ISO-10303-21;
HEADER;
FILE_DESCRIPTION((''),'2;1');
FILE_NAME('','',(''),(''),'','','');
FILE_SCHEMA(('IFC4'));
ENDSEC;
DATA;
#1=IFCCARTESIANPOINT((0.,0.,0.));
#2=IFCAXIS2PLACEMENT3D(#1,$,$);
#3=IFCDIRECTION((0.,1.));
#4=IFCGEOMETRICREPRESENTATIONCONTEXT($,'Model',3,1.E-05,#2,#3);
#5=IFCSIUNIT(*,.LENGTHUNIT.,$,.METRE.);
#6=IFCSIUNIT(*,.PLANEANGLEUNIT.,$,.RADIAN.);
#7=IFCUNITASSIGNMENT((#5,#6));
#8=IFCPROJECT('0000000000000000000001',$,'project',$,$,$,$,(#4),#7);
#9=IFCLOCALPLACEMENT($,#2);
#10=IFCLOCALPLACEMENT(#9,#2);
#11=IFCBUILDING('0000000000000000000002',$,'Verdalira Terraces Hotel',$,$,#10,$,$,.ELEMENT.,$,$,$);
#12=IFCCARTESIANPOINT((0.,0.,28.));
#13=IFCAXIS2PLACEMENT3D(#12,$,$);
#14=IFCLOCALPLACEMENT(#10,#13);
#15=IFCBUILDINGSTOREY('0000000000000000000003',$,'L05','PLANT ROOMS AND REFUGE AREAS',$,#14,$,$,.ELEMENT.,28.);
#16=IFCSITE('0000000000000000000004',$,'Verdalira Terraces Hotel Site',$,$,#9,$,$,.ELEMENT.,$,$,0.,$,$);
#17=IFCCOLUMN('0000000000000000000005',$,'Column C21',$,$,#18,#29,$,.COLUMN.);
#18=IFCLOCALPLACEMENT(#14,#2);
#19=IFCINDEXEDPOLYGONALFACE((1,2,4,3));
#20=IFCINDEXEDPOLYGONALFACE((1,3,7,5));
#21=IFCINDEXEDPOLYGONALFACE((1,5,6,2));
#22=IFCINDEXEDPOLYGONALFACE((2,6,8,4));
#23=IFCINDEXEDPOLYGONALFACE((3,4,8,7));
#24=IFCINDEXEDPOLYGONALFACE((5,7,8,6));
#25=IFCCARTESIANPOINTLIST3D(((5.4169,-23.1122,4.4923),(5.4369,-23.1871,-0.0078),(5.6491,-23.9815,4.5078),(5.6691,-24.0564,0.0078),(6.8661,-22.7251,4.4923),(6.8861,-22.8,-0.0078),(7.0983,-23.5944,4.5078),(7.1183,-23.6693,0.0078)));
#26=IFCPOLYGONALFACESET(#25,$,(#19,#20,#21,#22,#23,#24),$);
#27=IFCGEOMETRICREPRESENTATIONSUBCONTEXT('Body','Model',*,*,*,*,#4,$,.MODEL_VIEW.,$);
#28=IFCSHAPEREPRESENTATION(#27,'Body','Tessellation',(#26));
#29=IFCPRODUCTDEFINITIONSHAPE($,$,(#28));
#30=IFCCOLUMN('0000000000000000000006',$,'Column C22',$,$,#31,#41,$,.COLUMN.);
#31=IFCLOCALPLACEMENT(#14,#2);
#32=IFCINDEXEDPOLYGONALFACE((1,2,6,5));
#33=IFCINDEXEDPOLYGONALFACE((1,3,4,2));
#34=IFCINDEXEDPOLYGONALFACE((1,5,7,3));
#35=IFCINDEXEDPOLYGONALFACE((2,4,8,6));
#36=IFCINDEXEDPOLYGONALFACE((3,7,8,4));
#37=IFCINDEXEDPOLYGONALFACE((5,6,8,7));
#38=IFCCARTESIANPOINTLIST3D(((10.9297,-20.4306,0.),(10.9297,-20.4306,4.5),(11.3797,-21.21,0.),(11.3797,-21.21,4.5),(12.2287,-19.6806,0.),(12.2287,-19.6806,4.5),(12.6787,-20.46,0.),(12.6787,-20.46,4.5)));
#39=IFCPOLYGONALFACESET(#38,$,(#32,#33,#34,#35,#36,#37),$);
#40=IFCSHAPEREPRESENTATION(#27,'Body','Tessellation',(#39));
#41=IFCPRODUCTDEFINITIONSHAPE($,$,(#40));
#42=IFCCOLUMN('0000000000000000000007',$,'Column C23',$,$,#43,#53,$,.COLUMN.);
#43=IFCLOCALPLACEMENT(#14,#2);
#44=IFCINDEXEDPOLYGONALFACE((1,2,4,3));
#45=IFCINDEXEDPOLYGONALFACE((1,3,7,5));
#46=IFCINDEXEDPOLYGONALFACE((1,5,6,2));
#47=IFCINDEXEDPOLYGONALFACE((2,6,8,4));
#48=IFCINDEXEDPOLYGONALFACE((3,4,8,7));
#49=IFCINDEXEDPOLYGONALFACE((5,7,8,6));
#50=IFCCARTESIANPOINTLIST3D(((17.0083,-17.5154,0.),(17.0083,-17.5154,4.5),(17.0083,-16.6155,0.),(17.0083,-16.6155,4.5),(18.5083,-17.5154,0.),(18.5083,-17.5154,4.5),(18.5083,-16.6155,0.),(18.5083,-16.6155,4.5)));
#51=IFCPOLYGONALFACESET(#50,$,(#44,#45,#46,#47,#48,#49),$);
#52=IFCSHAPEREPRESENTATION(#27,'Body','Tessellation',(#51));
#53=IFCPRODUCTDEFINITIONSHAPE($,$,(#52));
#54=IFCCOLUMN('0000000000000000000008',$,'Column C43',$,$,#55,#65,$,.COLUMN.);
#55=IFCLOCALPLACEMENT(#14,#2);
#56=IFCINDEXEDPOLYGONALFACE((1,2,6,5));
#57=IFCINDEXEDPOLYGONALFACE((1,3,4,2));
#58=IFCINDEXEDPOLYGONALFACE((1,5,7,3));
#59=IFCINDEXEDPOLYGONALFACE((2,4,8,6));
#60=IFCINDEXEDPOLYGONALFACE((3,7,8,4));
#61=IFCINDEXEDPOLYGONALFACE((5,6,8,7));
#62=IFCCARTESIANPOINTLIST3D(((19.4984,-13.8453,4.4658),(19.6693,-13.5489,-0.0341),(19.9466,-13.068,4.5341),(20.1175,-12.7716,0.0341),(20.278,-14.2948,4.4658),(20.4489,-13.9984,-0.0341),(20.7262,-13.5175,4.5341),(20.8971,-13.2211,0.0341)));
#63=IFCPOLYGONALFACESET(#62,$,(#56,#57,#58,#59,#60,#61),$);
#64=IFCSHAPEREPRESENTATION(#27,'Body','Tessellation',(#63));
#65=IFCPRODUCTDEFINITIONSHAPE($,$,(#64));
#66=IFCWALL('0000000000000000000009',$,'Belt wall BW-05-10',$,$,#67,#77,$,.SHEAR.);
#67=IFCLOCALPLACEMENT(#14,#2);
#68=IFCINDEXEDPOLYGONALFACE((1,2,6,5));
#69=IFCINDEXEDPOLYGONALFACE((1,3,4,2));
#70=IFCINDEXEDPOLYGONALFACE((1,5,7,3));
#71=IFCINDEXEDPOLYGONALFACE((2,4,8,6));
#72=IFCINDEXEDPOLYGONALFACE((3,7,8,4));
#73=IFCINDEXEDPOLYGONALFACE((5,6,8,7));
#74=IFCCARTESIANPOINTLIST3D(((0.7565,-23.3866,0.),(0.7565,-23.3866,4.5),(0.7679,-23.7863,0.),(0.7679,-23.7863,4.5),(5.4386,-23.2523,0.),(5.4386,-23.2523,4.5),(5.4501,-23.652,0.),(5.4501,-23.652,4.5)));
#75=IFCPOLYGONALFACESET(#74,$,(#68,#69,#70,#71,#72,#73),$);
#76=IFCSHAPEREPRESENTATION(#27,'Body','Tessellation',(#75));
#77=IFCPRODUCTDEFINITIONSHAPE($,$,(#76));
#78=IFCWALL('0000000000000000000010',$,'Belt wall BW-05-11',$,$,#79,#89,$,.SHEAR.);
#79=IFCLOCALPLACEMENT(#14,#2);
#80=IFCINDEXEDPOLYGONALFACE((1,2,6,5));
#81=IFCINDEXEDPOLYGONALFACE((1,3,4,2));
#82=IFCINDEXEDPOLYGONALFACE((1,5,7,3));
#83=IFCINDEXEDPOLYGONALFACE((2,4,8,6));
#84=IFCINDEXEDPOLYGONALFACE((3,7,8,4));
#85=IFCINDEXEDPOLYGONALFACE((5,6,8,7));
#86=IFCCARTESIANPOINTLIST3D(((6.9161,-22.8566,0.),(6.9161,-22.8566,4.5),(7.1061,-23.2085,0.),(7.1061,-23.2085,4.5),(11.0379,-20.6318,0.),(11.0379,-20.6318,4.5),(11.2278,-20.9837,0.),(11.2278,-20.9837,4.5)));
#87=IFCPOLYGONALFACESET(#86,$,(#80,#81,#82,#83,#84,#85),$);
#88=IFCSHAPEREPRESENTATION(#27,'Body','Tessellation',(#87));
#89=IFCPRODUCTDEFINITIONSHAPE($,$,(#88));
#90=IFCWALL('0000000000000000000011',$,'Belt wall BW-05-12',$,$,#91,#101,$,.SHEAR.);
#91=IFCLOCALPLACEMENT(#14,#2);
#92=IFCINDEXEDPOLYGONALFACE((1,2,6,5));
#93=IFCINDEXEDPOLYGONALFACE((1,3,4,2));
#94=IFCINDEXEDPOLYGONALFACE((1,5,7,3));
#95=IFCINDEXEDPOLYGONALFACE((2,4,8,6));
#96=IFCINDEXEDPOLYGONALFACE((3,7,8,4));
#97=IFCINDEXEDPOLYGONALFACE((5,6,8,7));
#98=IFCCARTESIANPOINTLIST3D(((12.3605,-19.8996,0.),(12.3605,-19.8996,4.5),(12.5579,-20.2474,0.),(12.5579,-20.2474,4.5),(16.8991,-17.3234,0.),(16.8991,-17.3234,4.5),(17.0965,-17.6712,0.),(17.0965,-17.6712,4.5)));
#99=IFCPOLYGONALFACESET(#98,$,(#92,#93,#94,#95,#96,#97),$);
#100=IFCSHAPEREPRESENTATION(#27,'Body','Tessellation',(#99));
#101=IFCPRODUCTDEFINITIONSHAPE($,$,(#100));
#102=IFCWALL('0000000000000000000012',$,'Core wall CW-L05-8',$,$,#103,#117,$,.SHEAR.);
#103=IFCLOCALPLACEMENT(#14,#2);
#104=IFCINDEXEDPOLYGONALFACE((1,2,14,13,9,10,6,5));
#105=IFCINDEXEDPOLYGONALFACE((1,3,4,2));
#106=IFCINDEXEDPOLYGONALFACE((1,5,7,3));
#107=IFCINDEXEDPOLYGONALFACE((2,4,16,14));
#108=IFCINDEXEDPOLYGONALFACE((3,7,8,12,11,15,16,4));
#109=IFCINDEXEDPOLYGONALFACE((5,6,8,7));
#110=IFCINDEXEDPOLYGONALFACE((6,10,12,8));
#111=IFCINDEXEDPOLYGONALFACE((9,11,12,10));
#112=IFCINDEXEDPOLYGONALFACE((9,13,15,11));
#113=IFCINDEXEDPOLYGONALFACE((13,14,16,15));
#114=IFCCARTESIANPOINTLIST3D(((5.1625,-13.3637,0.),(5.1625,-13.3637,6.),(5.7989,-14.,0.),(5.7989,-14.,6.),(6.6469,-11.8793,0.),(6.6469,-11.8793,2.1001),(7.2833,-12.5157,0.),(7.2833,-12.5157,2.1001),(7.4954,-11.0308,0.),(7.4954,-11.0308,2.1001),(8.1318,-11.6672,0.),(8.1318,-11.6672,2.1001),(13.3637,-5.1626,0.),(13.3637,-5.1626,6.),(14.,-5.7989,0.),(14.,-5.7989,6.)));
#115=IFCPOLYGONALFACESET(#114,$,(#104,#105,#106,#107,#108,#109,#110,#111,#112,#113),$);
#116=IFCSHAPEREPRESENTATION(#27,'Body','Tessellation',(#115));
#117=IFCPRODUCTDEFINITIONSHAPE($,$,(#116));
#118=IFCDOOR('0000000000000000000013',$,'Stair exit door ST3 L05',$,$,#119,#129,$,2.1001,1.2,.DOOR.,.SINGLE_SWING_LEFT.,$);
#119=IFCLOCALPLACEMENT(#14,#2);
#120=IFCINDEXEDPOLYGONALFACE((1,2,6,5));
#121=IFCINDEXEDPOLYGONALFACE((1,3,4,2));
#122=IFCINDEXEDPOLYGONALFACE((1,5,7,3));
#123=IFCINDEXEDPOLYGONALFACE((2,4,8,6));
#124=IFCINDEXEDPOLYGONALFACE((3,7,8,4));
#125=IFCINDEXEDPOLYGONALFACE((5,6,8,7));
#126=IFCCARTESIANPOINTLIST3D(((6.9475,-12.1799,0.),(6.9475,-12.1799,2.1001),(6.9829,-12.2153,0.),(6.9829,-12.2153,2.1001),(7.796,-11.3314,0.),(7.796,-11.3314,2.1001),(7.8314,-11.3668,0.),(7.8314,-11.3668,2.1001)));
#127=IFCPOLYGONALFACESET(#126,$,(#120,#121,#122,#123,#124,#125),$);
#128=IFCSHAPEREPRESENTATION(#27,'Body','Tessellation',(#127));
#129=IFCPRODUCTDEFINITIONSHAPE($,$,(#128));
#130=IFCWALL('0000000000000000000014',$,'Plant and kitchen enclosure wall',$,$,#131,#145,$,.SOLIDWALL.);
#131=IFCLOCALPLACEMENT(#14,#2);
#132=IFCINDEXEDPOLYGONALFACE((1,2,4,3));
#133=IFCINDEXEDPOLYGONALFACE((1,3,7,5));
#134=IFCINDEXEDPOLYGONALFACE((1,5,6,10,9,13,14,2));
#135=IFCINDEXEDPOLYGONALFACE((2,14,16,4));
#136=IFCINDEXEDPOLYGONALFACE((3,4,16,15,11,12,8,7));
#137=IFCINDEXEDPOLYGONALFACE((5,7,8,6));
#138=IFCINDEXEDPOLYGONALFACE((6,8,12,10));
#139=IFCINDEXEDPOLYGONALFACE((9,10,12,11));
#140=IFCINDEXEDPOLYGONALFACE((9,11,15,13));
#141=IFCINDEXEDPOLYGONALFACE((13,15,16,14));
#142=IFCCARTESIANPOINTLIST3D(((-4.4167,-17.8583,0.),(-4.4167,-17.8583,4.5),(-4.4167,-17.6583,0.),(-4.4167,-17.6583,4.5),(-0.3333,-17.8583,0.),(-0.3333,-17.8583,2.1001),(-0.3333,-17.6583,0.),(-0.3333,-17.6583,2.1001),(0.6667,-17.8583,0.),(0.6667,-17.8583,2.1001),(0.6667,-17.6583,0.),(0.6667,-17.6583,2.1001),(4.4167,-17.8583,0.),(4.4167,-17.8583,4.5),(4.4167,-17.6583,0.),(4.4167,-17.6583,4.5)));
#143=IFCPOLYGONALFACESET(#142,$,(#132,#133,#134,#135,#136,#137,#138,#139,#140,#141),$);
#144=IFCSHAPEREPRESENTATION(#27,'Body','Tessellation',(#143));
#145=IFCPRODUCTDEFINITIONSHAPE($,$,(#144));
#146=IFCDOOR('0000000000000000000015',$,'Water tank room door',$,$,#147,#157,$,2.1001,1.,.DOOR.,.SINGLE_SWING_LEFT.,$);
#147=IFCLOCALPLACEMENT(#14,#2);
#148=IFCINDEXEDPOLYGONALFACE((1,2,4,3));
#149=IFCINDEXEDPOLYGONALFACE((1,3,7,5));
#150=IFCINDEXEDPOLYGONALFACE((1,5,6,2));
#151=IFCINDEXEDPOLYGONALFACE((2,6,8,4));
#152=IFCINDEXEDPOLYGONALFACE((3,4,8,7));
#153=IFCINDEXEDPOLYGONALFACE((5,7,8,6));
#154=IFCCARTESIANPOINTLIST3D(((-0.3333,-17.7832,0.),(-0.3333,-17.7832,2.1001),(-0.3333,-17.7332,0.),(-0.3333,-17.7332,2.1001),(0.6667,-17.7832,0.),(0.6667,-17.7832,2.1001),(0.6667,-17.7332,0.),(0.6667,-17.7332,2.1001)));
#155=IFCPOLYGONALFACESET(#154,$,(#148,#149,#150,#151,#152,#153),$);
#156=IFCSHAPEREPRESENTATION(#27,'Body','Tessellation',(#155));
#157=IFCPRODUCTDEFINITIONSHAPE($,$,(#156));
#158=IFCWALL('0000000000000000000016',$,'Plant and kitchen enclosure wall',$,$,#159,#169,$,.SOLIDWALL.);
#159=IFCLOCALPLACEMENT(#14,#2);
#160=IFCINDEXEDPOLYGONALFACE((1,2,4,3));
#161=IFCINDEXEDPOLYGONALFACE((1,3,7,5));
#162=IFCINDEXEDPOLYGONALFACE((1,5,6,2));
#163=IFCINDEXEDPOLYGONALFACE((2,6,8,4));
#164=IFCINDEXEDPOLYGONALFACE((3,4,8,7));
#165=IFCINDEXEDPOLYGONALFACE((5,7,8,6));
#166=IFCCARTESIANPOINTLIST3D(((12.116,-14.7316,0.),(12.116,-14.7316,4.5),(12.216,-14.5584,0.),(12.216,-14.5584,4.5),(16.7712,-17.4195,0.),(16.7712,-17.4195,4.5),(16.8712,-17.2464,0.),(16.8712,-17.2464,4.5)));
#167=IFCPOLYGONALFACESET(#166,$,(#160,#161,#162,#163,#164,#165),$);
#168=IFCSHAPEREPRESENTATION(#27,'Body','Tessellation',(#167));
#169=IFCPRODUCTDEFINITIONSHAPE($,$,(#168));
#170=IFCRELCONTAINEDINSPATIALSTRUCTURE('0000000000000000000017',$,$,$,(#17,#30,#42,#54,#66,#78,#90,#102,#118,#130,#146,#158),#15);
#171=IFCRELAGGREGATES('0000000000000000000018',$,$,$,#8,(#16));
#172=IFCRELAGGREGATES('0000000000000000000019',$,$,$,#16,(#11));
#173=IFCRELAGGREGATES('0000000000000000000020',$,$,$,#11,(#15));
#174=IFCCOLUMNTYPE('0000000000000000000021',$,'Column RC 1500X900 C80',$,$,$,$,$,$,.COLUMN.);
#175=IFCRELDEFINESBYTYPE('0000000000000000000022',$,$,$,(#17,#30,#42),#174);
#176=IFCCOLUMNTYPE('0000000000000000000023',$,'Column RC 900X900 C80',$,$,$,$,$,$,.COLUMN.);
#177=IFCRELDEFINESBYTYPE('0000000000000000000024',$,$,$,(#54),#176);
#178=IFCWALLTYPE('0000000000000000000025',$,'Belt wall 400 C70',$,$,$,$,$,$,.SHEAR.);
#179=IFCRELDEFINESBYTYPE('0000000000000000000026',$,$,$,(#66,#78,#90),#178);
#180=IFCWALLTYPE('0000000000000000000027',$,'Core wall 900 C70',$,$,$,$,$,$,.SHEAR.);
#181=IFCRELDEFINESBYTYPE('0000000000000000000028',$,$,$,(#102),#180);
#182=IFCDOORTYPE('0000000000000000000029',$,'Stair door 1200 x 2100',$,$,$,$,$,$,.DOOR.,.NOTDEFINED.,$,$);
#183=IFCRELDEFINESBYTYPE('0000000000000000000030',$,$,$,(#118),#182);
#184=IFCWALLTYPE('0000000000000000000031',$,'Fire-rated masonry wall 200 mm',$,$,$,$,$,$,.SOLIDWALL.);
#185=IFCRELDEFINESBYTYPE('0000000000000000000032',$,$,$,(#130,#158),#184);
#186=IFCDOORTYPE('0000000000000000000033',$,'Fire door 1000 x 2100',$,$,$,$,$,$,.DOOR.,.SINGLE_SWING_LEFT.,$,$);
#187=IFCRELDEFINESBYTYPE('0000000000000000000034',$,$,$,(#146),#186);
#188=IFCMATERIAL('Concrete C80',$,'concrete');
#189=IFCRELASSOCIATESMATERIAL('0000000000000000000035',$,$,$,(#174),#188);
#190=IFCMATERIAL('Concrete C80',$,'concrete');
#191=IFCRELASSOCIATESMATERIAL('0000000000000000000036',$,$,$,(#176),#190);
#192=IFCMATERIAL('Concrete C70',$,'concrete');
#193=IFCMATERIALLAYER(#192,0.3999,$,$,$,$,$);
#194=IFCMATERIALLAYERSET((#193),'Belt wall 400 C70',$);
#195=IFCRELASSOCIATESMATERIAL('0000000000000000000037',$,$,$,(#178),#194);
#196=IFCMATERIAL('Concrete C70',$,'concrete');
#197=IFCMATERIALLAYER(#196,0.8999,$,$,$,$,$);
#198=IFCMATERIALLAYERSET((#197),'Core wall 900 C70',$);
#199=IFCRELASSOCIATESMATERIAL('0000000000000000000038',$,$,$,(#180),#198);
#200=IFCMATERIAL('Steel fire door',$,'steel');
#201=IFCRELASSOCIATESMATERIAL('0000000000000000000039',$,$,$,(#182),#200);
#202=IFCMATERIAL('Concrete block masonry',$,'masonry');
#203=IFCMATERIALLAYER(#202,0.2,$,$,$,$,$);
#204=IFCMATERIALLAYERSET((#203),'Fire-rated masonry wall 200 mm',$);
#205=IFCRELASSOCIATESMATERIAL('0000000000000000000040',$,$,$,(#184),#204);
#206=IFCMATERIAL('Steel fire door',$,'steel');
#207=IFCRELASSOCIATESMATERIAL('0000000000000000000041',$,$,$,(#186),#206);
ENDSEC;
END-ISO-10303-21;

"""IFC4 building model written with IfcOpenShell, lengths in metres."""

from ifc_helpers import new_model, si_unit, direction, frame, frame_2d, origin, origin_2d, place, context, subcontext, project, spatial, rectangle, extrude, material, layer, layer_set, material_profile, profile_set, type_object, element, fill, save


model = new_model("IFC4")

# Units and contexts
model_context = context("Model", 3, precision=1e-05, world=origin(), true_north=direction((0.0, 1.0)))
body_context = subcontext(model_context, "Body", "Model", "MODEL_VIEW")
ifc_project = project(units=[si_unit("LENGTHUNIT", "METRE"), si_unit("PLANEANGLEUNIT", "RADIAN")], contexts=[model_context])

# Site, building, storey
site_placement = place(None, origin())
site = spatial("IfcSite", under=ifc_project, at=site_placement, Name="Verdalira Terraces Hotel Site", CompositionType="ELEMENT", RefElevation=0.0)
building_placement = place(site_placement, origin())
building = spatial("IfcBuilding", under=site, at=building_placement, Name="Verdalira Terraces Hotel", CompositionType="ELEMENT")
storey_placement = place(building_placement, frame((0.0, 0.0, 28.0)))
storey = spatial("IfcBuildingStorey", under=building, at=storey_placement, Name="L05", Description="PLANT ROOMS AND REFUGE AREAS", CompositionType="ELEMENT", Elevation=28.0)

# Columns
ifc_material_1 = material(Name="Concrete C80", Category="concrete")
ifc_material_profile_1 = material_profile(ifc_material_1, rectangle(XDim=1.5, YDim=0.8999, at=origin_2d()), Name="RC 1500X900")
ifc_profile_set_1 = profile_set([ifc_material_profile_1], Name="Concrete C80")
column_type_1 = type_object("IfcColumnType", Name="Column RC 1500X900 C80", PredefinedType="COLUMN", material=ifc_profile_set_1)
column_1_placement = place(storey_placement, frame((6.2776, -23.4282, 0.0), z_axis=(-0.004448, 0.016653, 0.999851), x_axis=(-0.96613, -0.258054, 0.0)))
element("IfcColumn", 1, at=column_1_placement, inside=storey, type_object=column_type_1, Name="Column C21", PredefinedType="COLUMN", context=body_context, shape_type="SweptSolid", body=[
    extrude(rectangle(XDim=1.5, YDim=0.8999, at=origin_2d()), origin(), (0.0, 0.0, 1.0), 4.5007),
])
for number, where, z_axis, x_axis, name in (
    (2, (11.8042, -20.4453, 0.0), (0.0, 0.0, 1.0), (0.866025, 0.5, 0.0), "Column C22"),
    (3, (17.7583, -17.0654, 0.0), (0.0, 0.0, 1.0), (-1.0, 0.0, 0.0), "Column C23"),
):
    element("IfcColumn", number, at=place(storey_placement, frame(where, z_axis=z_axis, x_axis=x_axis)), inside=storey, type_object=column_type_1, Name=name, PredefinedType="COLUMN", context=body_context, shape_type="SweptSolid", body=[
        extrude(rectangle(XDim=1.5, YDim=0.8999, at=origin_2d()), origin(), (0.0, 0.0, 1.0), 4.5),
    ])
ifc_material_2 = material(Name="Concrete C80", Category="concrete")
ifc_material_profile_2 = material_profile(ifc_material_2, rectangle(XDim=0.8999, YDim=0.8999, at=origin_2d()), Name="RC 900X900")
ifc_profile_set_2 = profile_set([ifc_material_profile_2], Name="Concrete C80")
column_type_2 = type_object("IfcColumnType", Name="Column RC 900X900 C80", PredefinedType="COLUMN", material=ifc_profile_set_2)
column_2_placement = place(storey_placement, frame((20.2832, -13.385, 0.0), z_axis=(-0.037868, -0.065674, 0.997122), x_axis=(0.866304, -0.499517, 0.0)))
element("IfcColumn", 4, at=column_2_placement, inside=storey, type_object=column_type_2, Name="Column C43", PredefinedType="COLUMN", context=body_context, shape_type="SweptSolid", body=[
    extrude(rectangle(XDim=0.8999, YDim=0.8999, at=origin_2d()), origin(), (0.0, 0.0, 1.0), 4.5129),
])

# Walls
ifc_material_3 = material(Name="Concrete C70", Category="concrete")
ifc_layer_1 = layer(ifc_material_3, 0.3999)
ifc_layer_set_1 = layer_set([ifc_layer_1], Name="Belt wall 400 C70")
wall_type_1 = type_object("IfcWallType", Name="Belt wall 400 C70", PredefinedType="SHEAR", material=ifc_layer_set_1)
wall_1_placement = place(storey_placement, frame((0.7622, -23.5864, 0.0), z_axis=(0.0, 0.0, 1.0), x_axis=(0.999589, 0.028667, 0.0)))
element("IfcWall", 5, at=wall_1_placement, inside=storey, type_object=wall_type_1, Name="Belt wall BW-05-10", PredefinedType="SHEAR", context=body_context, shape_type="SweptSolid", body=[
    extrude(rectangle(XDim=4.6841, YDim=0.3999, at=frame_2d((2.342, 0.0))), origin(), (0.0, 0.0, 1.0), 4.5),
])
wall_2_placement = place(storey_placement, frame((7.0112, -23.0325, 0.0), z_axis=(0.0, 0.0, 1.0), x_axis=(0.879989, 0.474995, 0.0)))
element("IfcWall", 6, at=wall_2_placement, inside=storey, type_object=wall_type_1, Name="Belt wall BW-05-11", PredefinedType="SHEAR", context=body_context, shape_type="SweptSolid", body=[
    extrude(rectangle(XDim=4.6838, YDim=0.3999, at=frame_2d((2.3418, 0.0))), origin(), (0.0, 0.0, 1.0), 4.5),
])
wall_3_placement = place(storey_placement, frame((12.4592, -20.0735, 0.0), z_axis=(0.0, 0.0, 1.0), x_axis=(0.869667, 0.493638, 0.0)))
element("IfcWall", 7, at=wall_3_placement, inside=storey, type_object=wall_type_1, Name="Belt wall BW-05-12", PredefinedType="SHEAR", context=body_context, shape_type="SweptSolid", body=[
    extrude(rectangle(XDim=5.2188, YDim=0.3999, at=frame_2d((2.6094, 0.0))), origin(), (0.0, 0.0, 1.0), 4.5),
])

# Walls, openings, doors
ifc_material_4 = material(Name="Concrete C70", Category="concrete")
ifc_layer_2 = layer(ifc_material_4, 0.8999)
ifc_layer_set_2 = layer_set([ifc_layer_2], Name="Core wall 900 C70")
wall_type_2 = type_object("IfcWallType", Name="Core wall 900 C70", PredefinedType="SHEAR", material=ifc_layer_set_2)
wall_4_placement = place(storey_placement, frame((5.4807, -13.6819, 0.0), z_axis=(0.0, 0.0, 1.0), x_axis=(0.707107, 0.707107, 0.0)))
wall_4 = element("IfcWall", 8, at=wall_4_placement, inside=storey, type_object=wall_type_2, Name="Core wall CW-L05-8", PredefinedType="SHEAR", context=body_context, shape_type="SweptSolid", body=[
    extrude(rectangle(XDim=11.5981, YDim=0.8999, at=frame_2d((5.7991, 0.0))), origin(), (0.0, 0.0, 1.0), 6.0),
])
opening_1_placement = place(wall_4_placement, frame((2.0991, 0.0, 0.0)))
opening_1 = element("IfcOpeningElement", 9, at=opening_1_placement, cuts=wall_4, PredefinedType="OPENING", context=body_context, shape_type="SweptSolid", body=[
    extrude(rectangle(XDim=1.2, YDim=2.1001, at=frame_2d((0.6001, 1.05))), frame((0.0, 0.46, 0.0), z_axis=(0.0, -1.0, 0.0), x_axis=(1.0, 0.0, 0.0)), (0.0, 0.0, 1.0), 0.9199),
])
ifc_material_5 = material(Name="Steel fire door", Category="steel")
door_type_1 = type_object("IfcDoorType", Name="Stair door 1200 x 2100", OperationType="NOTDEFINED", PredefinedType="DOOR", material=ifc_material_5)
door_1_placement = place(opening_1_placement, origin())
door_1 = element("IfcDoor", 10, at=door_1_placement, inside=storey, type_object=door_type_1, Name="Stair exit door ST3 L05", OperationType="SINGLE_SWING_LEFT", OverallHeight=2.1001, OverallWidth=1.2, PredefinedType="DOOR", context=body_context, shape_type="SweptSolid", body=[
    extrude(rectangle(XDim=1.2, YDim=2.1001, at=frame_2d((0.6001, 1.05))), frame((0.0, 0.0249, 0.0), z_axis=(0.0, -1.0, 0.0), x_axis=(1.0, 0.0, 0.0)), (0.0, 0.0, 1.0), 0.05),
])
fill(opening_1, door_1)
ifc_material_6 = material(Name="Concrete block masonry", Category="masonry")
ifc_layer_3 = layer(ifc_material_6, 0.2)
ifc_layer_set_3 = layer_set([ifc_layer_3], Name="Fire-rated masonry wall 200 mm")
wall_type_3 = type_object("IfcWallType", Name="Fire-rated masonry wall 200 mm", PredefinedType="SOLIDWALL", material=ifc_layer_set_3)
wall_5_placement = place(storey_placement, frame((4.4167, -17.7583, 0.0), z_axis=(0.0, 0.0, 1.0), x_axis=(-1.0, 0.0, 0.0)))
wall_5 = element("IfcWall", 11, at=wall_5_placement, inside=storey, type_object=wall_type_3, Name="Plant and kitchen enclosure wall", PredefinedType="SOLIDWALL", context=body_context, shape_type="SweptSolid", body=[
    extrude(rectangle(XDim=8.8335, YDim=0.2, at=frame_2d((4.4167, 0.0))), origin(), (0.0, 0.0, 1.0), 4.5),
])
opening_2_placement = place(wall_5_placement, frame((3.75, 0.0, 0.0)))
opening_2 = element("IfcOpeningElement", 12, at=opening_2_placement, cuts=wall_5, PredefinedType="OPENING", context=body_context, shape_type="SweptSolid", body=[
    extrude(rectangle(XDim=1.0, YDim=2.1001, at=frame_2d((0.5, 1.05))), frame((0.0, 0.1099, 0.0), z_axis=(0.0, -1.0, 0.0), x_axis=(1.0, 0.0, 0.0)), (0.0, 0.0, 1.0), 0.22),
])
ifc_material_7 = material(Name="Steel fire door", Category="steel")
door_type_2 = type_object("IfcDoorType", Name="Fire door 1000 x 2100", OperationType="SINGLE_SWING_LEFT", PredefinedType="DOOR", material=ifc_material_7)
door_2_placement = place(opening_2_placement, origin())
door_2 = element("IfcDoor", 13, at=door_2_placement, inside=storey, type_object=door_type_2, Name="Water tank room door", OperationType="SINGLE_SWING_LEFT", OverallHeight=2.1001, OverallWidth=1.0, PredefinedType="DOOR", context=body_context, shape_type="SweptSolid", body=[
    extrude(rectangle(XDim=1.0, YDim=2.1001, at=frame_2d((0.5, 1.05))), frame((0.0, 0.0249, 0.0), z_axis=(0.0, -1.0, 0.0), x_axis=(1.0, 0.0, 0.0)), (0.0, 0.0, 1.0), 0.05),
])
fill(opening_2, door_2)

# Wall
wall_6_placement = place(storey_placement, frame((12.166, -14.645, 0.0), z_axis=(0.0, 0.0, 1.0), x_axis=(0.866004, -0.500037, 0.0)))
element("IfcWall", 14, at=wall_6_placement, inside=storey, type_object=wall_type_3, Name="Plant and kitchen enclosure wall", PredefinedType="SOLIDWALL", context=body_context, shape_type="SweptSolid", body=[
    extrude(rectangle(XDim=5.3755, YDim=0.2, at=frame_2d((2.6877, 0.0))), origin(), (0.0, 0.0, 1.0), 4.5),
])

save(model, "model.ifc")
